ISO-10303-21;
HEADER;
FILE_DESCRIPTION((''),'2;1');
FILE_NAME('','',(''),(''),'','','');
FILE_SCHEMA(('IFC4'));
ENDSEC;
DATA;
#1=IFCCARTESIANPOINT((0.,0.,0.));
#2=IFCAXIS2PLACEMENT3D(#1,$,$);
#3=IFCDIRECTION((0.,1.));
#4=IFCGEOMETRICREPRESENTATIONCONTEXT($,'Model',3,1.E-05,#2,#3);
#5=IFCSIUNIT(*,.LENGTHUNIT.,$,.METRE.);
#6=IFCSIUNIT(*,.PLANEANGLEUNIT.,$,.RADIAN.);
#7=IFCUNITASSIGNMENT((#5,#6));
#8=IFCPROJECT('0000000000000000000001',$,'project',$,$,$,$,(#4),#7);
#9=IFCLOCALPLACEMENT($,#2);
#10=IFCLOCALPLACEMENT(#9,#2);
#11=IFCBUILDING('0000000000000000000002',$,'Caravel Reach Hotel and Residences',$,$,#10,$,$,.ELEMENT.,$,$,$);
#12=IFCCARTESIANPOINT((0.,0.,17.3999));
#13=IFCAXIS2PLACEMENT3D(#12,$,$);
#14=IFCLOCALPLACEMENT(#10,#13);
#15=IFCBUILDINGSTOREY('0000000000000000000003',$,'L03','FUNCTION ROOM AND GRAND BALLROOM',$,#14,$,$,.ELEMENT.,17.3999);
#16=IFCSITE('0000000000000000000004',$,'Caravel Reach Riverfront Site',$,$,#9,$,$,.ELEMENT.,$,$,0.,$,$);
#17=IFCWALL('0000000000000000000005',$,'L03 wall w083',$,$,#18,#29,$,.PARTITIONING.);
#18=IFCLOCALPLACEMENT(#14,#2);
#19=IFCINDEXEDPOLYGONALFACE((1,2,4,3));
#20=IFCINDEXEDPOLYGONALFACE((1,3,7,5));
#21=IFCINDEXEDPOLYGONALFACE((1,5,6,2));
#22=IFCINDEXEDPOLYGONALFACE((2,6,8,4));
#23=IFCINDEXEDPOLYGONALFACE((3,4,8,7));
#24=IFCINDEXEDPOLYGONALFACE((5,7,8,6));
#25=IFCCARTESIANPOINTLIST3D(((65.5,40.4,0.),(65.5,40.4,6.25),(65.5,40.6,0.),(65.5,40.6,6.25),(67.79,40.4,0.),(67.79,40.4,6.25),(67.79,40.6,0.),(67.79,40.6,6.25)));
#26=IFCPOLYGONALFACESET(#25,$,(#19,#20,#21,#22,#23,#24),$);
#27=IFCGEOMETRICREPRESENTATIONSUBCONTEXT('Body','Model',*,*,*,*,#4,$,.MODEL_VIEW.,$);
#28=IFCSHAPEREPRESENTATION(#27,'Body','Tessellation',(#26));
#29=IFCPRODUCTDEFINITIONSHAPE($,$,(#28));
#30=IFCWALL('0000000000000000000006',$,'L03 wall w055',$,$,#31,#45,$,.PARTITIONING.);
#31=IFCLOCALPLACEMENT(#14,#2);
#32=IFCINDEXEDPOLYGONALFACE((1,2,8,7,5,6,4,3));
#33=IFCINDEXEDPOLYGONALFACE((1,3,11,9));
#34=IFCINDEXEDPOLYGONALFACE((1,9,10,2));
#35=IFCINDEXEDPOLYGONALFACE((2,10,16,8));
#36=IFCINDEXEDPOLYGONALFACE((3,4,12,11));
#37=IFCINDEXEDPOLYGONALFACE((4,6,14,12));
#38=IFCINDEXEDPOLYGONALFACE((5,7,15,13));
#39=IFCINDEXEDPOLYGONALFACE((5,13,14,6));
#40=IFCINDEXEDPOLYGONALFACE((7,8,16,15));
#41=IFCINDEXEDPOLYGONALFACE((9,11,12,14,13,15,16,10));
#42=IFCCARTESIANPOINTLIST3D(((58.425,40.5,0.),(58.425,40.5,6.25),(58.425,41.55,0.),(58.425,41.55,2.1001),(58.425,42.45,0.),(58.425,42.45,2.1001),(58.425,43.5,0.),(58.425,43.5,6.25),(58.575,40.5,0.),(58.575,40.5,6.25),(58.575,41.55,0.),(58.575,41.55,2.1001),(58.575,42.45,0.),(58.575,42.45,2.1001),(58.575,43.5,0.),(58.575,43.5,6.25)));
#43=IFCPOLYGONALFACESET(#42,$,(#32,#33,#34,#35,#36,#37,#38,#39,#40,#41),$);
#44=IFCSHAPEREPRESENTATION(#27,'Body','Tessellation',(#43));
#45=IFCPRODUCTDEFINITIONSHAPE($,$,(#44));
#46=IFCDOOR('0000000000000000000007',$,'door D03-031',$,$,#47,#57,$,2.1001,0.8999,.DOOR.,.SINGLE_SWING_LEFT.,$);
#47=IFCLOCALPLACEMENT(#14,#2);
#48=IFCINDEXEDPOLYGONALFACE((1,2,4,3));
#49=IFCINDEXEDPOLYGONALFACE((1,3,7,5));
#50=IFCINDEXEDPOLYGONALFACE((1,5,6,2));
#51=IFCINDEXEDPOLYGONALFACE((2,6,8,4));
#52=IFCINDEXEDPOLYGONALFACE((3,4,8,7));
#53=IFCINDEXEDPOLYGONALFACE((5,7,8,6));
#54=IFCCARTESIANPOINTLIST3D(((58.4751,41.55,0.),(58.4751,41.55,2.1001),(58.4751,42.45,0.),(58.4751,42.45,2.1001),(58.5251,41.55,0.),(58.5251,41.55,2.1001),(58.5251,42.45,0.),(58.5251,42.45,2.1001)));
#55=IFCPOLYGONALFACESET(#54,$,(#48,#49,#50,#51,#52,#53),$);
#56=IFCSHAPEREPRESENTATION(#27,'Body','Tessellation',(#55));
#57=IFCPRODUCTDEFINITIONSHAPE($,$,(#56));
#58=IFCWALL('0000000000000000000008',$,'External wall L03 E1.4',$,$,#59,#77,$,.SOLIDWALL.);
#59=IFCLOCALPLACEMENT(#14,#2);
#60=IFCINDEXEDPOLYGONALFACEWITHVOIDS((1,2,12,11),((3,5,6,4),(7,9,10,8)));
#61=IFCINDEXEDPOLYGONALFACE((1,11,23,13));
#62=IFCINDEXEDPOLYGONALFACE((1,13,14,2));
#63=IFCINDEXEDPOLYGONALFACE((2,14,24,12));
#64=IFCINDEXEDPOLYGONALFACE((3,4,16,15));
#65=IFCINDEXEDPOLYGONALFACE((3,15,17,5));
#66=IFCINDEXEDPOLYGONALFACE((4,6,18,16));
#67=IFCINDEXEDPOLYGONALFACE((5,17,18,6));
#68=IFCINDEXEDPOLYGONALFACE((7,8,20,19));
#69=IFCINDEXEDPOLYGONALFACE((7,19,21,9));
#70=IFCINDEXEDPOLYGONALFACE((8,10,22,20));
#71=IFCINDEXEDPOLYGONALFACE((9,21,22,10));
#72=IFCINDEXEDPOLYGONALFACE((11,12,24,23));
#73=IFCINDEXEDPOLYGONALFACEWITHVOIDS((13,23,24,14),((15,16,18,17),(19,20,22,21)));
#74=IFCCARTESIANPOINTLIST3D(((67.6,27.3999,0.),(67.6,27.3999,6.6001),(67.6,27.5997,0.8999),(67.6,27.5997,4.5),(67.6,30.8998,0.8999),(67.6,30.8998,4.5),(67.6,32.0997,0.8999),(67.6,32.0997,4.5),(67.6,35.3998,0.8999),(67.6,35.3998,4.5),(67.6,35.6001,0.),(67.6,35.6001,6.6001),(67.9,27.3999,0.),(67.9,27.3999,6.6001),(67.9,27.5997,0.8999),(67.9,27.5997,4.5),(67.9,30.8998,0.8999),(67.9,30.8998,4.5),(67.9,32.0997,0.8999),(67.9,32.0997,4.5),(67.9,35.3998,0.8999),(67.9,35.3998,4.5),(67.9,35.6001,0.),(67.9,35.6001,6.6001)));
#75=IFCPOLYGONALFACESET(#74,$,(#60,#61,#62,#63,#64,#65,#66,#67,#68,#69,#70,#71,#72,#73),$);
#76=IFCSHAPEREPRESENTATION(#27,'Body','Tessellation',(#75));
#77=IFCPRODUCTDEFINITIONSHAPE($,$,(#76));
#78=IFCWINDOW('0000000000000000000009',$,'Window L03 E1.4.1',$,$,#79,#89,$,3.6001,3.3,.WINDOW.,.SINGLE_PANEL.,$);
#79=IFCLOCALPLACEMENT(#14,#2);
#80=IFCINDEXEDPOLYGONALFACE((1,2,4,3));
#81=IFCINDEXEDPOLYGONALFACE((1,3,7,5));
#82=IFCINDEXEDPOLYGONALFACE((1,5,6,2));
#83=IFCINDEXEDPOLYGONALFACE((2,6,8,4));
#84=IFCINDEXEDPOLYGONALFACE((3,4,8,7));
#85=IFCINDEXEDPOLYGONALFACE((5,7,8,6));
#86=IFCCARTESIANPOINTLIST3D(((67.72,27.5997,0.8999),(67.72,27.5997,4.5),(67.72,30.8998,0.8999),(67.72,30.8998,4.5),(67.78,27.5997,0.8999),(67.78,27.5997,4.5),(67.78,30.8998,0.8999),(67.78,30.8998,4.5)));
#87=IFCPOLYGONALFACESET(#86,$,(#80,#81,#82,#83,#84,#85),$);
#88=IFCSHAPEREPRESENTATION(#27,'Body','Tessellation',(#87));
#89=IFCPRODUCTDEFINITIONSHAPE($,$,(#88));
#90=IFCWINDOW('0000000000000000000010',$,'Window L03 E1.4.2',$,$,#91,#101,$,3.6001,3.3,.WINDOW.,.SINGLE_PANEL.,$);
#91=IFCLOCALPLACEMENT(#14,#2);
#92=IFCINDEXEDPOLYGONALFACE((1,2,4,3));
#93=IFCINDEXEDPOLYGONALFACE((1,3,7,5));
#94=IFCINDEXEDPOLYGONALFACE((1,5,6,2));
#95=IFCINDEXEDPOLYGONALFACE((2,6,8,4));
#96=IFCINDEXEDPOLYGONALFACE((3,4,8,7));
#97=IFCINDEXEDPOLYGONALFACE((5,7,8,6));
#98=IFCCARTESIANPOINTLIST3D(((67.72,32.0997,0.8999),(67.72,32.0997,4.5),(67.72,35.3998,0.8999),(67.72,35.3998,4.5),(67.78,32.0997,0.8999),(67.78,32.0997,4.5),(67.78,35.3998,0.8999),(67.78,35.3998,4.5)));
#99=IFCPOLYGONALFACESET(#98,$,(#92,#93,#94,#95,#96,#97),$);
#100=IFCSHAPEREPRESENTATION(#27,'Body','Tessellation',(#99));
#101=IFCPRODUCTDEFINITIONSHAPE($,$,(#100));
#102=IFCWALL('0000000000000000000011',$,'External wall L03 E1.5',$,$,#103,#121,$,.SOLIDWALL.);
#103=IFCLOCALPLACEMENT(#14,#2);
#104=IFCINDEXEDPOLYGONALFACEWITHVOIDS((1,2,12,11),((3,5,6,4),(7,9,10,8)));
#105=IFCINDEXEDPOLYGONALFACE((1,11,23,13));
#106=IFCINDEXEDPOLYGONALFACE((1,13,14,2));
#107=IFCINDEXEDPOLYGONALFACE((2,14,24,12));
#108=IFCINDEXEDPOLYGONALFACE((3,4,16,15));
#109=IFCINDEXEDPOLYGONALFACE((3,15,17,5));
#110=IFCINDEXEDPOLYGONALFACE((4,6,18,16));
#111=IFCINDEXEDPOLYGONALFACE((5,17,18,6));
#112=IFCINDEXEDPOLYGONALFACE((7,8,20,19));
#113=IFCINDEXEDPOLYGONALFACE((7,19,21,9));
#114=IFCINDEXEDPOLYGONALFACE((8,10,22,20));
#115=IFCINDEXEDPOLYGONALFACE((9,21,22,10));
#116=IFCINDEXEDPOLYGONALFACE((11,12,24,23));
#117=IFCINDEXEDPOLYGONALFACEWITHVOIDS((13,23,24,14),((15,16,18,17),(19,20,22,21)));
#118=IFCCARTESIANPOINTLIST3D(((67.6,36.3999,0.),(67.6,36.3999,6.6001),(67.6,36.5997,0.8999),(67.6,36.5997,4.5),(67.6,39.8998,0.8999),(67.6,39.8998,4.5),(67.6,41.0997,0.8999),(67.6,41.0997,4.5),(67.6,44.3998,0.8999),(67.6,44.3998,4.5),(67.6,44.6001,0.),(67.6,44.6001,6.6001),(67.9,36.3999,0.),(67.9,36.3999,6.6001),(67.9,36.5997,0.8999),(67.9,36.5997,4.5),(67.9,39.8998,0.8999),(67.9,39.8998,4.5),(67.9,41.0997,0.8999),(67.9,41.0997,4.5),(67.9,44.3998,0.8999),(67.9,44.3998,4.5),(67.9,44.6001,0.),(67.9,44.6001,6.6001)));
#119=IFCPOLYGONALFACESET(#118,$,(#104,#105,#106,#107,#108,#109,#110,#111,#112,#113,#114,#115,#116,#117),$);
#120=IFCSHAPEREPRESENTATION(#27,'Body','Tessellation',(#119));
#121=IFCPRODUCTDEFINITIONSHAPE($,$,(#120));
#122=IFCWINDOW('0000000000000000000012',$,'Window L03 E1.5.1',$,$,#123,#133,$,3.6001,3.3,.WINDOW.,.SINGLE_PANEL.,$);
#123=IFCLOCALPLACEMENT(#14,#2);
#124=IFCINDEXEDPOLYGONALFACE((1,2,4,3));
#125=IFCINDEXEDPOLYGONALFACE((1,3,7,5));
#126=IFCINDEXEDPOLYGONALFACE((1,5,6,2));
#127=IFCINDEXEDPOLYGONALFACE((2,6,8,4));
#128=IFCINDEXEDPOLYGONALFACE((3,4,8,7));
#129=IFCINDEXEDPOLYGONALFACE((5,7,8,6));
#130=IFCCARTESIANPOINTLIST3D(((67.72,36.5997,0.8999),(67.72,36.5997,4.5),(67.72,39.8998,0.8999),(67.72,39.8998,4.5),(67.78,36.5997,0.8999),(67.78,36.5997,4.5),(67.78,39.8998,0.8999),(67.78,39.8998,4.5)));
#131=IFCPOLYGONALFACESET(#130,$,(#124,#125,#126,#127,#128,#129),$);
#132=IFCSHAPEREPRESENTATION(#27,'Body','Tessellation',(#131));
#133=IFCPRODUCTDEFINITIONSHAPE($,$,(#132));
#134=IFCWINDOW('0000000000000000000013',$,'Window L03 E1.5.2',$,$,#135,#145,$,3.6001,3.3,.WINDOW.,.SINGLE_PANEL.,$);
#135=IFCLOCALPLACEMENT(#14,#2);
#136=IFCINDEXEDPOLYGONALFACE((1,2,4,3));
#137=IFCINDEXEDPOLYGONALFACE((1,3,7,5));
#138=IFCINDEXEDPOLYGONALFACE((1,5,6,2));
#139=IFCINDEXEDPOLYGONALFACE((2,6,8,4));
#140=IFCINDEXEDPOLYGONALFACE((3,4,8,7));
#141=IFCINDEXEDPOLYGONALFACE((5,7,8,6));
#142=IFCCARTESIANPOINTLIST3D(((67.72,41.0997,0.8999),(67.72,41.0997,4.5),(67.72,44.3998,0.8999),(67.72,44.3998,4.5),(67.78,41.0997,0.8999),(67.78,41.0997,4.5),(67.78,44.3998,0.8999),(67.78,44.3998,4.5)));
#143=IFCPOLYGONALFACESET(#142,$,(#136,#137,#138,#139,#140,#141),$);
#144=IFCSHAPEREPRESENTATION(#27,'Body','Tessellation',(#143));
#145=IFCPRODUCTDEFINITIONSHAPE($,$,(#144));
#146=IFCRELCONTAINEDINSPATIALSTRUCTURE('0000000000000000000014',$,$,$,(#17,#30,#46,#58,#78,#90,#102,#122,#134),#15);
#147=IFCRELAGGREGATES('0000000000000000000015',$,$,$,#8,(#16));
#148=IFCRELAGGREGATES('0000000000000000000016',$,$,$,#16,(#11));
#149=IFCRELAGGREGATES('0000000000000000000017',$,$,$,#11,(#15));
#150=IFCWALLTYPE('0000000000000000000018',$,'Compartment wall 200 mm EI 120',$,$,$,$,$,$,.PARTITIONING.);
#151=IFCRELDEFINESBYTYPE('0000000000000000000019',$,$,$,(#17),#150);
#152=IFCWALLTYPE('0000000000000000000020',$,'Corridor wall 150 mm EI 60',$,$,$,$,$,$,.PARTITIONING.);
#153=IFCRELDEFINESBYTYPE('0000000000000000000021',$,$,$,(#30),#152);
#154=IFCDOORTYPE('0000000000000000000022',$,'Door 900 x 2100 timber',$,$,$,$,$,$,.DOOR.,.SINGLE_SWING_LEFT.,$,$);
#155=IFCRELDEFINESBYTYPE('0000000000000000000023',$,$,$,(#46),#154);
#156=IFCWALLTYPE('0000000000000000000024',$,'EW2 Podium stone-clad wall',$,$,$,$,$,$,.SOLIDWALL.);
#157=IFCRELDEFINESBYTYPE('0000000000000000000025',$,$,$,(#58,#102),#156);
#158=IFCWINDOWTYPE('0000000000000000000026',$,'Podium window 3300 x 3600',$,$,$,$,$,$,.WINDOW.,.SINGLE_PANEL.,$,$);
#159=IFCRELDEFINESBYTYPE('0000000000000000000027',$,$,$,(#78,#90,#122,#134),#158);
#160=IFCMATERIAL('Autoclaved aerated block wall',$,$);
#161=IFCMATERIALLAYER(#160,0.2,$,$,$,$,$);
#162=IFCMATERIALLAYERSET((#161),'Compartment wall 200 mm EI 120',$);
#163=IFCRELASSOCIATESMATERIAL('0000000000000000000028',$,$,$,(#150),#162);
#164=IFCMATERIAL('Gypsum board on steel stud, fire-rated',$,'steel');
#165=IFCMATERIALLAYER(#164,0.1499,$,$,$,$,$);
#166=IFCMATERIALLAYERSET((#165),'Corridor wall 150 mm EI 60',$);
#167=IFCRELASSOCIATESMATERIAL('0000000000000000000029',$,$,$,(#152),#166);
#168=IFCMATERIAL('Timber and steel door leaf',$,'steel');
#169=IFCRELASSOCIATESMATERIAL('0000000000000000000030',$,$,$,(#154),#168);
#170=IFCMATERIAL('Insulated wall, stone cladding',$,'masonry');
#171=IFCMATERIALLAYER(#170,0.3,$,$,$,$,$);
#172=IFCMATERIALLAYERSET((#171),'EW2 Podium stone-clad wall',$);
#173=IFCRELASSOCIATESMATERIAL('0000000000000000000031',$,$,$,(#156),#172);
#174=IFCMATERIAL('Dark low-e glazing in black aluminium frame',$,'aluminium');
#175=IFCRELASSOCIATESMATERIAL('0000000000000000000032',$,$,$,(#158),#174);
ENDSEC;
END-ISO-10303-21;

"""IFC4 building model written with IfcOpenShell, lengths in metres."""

from ifc_helpers import new_model, si_unit, direction, frame, frame_2d, origin, place, context, subcontext, project, spatial, rectangle, extrude, material, layer, layer_set, type_object, element, fill, save


model = new_model("IFC4")

# Units and contexts
model_context = context("Model", 3, precision=1e-05, world=origin(), true_north=direction((0.0, 1.0)))
body_context = subcontext(model_context, "Body", "Model", "MODEL_VIEW")
ifc_project = project(units=[si_unit("LENGTHUNIT", "METRE"), si_unit("PLANEANGLEUNIT", "RADIAN")], contexts=[model_context])

# Site, building, storey
site_placement = place(None, origin())
site = spatial("IfcSite", under=ifc_project, at=site_placement, Name="Caravel Reach Riverfront Site", CompositionType="ELEMENT", RefElevation=0.0)
building_placement = place(site_placement, origin())
building = spatial("IfcBuilding", under=site, at=building_placement, Name="Caravel Reach Hotel and Residences", CompositionType="ELEMENT")
storey_placement = place(building_placement, frame((0.0, 0.0, 17.3999)))
storey = spatial("IfcBuildingStorey", under=building, at=storey_placement, Name="L03", Description="FUNCTION ROOM AND GRAND BALLROOM", CompositionType="ELEMENT", Elevation=17.3999)

# Wall
ifc_material_1 = material(Name="Autoclaved aerated block wall")
ifc_layer_1 = layer(ifc_material_1, 0.2)
ifc_layer_set_1 = layer_set([ifc_layer_1], Name="Compartment wall 200 mm EI 120")
wall_type_1 = type_object("IfcWallType", Name="Compartment wall 200 mm EI 120", PredefinedType="PARTITIONING", material=ifc_layer_set_1)
wall_1_placement = place(storey_placement, frame((65.5, 40.5, 0.0), z_axis=(0.0, 0.0, 1.0), x_axis=(1.0, 0.0, 0.0)))
element("IfcWall", 1, at=wall_1_placement, inside=storey, type_object=wall_type_1, Name="L03 wall w083", PredefinedType="PARTITIONING", context=body_context, shape_type="SweptSolid", body=[
    extrude(rectangle(XDim=2.29, YDim=0.2, at=frame_2d((1.145, 0.0))), origin(), (0.0, 0.0, 1.0), 6.25),
])

# Wall, opening, door
ifc_material_2 = material(Name="Gypsum board on steel stud, fire-rated", Category="steel")
ifc_layer_2 = layer(ifc_material_2, 0.1499)
ifc_layer_set_2 = layer_set([ifc_layer_2], Name="Corridor wall 150 mm EI 60")
wall_type_2 = type_object("IfcWallType", Name="Corridor wall 150 mm EI 60", PredefinedType="PARTITIONING", material=ifc_layer_set_2)
wall_2_placement = place(storey_placement, frame((58.5, 40.5, 0.0), z_axis=(0.0, 0.0, 1.0), x_axis=(0.0, 1.0, 0.0)))
wall_2 = element("IfcWall", 2, at=wall_2_placement, inside=storey, type_object=wall_type_2, Name="L03 wall w055", PredefinedType="PARTITIONING", context=body_context, shape_type="SweptSolid", body=[
    extrude(rectangle(XDim=3.0, YDim=0.1499, at=frame_2d((1.5, 0.0))), origin(), (0.0, 0.0, 1.0), 6.25),
])
opening_1_placement = place(wall_2_placement, frame((1.05, 0.0, 0.0)))
opening_1 = element("IfcOpeningElement", 3, at=opening_1_placement, cuts=wall_2, PredefinedType="OPENING", context=body_context, shape_type="SweptSolid", body=[
    extrude(rectangle(XDim=0.8999, YDim=2.1001, at=frame_2d((0.45, 1.05))), frame((0.0, 0.085, 0.0), z_axis=(0.0, -1.0, 0.0), x_axis=(1.0, 0.0, 0.0)), (0.0, 0.0, 1.0), 0.1699),
])
ifc_material_3 = material(Name="Timber and steel door leaf", Category="steel")
door_type_1 = type_object("IfcDoorType", Name="Door 900 x 2100 timber", OperationType="SINGLE_SWING_LEFT", PredefinedType="DOOR", material=ifc_material_3)
door_1_placement = place(opening_1_placement, origin())
door_1 = element("IfcDoor", 4, at=door_1_placement, inside=storey, type_object=door_type_1, Name="door D03-031", OperationType="SINGLE_SWING_LEFT", OverallHeight=2.1001, OverallWidth=0.8999, PredefinedType="DOOR", context=body_context, shape_type="SweptSolid", body=[
    extrude(rectangle(XDim=0.8999, YDim=2.1001, at=frame_2d((0.45, 1.05))), frame((0.0, 0.0249, 0.0), z_axis=(0.0, -1.0, 0.0), x_axis=(1.0, 0.0, 0.0)), (0.0, 0.0, 1.0), 0.05),
])
fill(opening_1, door_1)

# Walls, openings, windows
ifc_material_4 = material(Name="Insulated wall, stone cladding", Category="masonry")
ifc_layer_3 = layer(ifc_material_4, 0.3)
ifc_layer_set_3 = layer_set([ifc_layer_3], Name="EW2 Podium stone-clad wall")
wall_type_3 = type_object("IfcWallType", Name="EW2 Podium stone-clad wall", PredefinedType="SOLIDWALL", material=ifc_layer_set_3)
wall_3_placement = place(storey_placement, frame((67.75, 27.3999, 0.0), z_axis=(0.0, 0.0, 1.0), x_axis=(0.0, 1.0, 0.0)))
wall_3 = element("IfcWall", 5, at=wall_3_placement, inside=storey, type_object=wall_type_3, Name="External wall L03 E1.4", PredefinedType="SOLIDWALL", context=body_context, shape_type="SweptSolid", body=[
    extrude(rectangle(XDim=8.2002, YDim=0.3, at=frame_2d((4.1001, 0.0))), origin(), (0.0, 0.0, 1.0), 6.6001),
])
opening_2_placement = place(wall_3_placement, frame((0.2, 0.0, 0.8999)))
opening_2 = element("IfcOpeningElement", 6, at=opening_2_placement, cuts=wall_3, PredefinedType="OPENING", context=body_context, shape_type="SweptSolid", body=[
    extrude(rectangle(XDim=3.3, YDim=3.6001, at=frame_2d((1.6499, 1.8))), frame((0.0, 0.1599, 0.0), z_axis=(0.0, -1.0, 0.0), x_axis=(1.0, 0.0, 0.0)), (0.0, 0.0, 1.0), 0.3201),
])
opening_3_placement = place(wall_3_placement, frame((4.7, 0.0, 0.8999)))
opening_3 = element("IfcOpeningElement", 7, at=opening_3_placement, cuts=wall_3, PredefinedType="OPENING", context=body_context, shape_type="SweptSolid", body=[
    extrude(rectangle(XDim=3.3, YDim=3.6001, at=frame_2d((1.6499, 1.8))), frame((0.0, 0.1599, 0.0), z_axis=(0.0, -1.0, 0.0), x_axis=(1.0, 0.0, 0.0)), (0.0, 0.0, 1.0), 0.3201),
])
ifc_material_5 = material(Name="Dark low-e glazing in black aluminium frame", Category="aluminium")
window_type = type_object("IfcWindowType", Name="Podium window 3300 x 3600", PartitioningType="SINGLE_PANEL", PredefinedType="WINDOW", material=ifc_material_5)
window_1_placement = place(opening_2_placement, origin())
window_1 = element("IfcWindow", 8, at=window_1_placement, inside=storey, type_object=window_type, Name="Window L03 E1.4.1", OverallHeight=3.6001, OverallWidth=3.3, PartitioningType="SINGLE_PANEL", PredefinedType="WINDOW", context=body_context, shape_type="SweptSolid", body=[
    extrude(rectangle(XDim=3.3, YDim=3.6001, at=frame_2d((1.6499, 1.8))), frame((0.0, 0.03, 0.0), z_axis=(0.0, -1.0, 0.0), x_axis=(1.0, 0.0, 0.0)), (0.0, 0.0, 1.0), 0.0601),
])
fill(opening_2, window_1)
window_2_placement = place(opening_3_placement, origin())
window_2 = element("IfcWindow", 9, at=window_2_placement, inside=storey, type_object=window_type, Name="Window L03 E1.4.2", OverallHeight=3.6001, OverallWidth=3.3, PartitioningType="SINGLE_PANEL", PredefinedType="WINDOW", context=body_context, shape_type="SweptSolid", body=[
    extrude(rectangle(XDim=3.3, YDim=3.6001, at=frame_2d((1.6499, 1.8))), frame((0.0, 0.03, 0.0), z_axis=(0.0, -1.0, 0.0), x_axis=(1.0, 0.0, 0.0)), (0.0, 0.0, 1.0), 0.0601),
])
fill(opening_3, window_2)
wall_4_placement = place(storey_placement, frame((67.75, 36.3999, 0.0), z_axis=(0.0, 0.0, 1.0), x_axis=(0.0, 1.0, 0.0)))
wall_4 = element("IfcWall", 10, at=wall_4_placement, inside=storey, type_object=wall_type_3, Name="External wall L03 E1.5", PredefinedType="SOLIDWALL", context=body_context, shape_type="SweptSolid", body=[
    extrude(rectangle(XDim=8.2002, YDim=0.3, at=frame_2d((4.1001, 0.0))), origin(), (0.0, 0.0, 1.0), 6.6001),
])
opening_4_placement = place(wall_4_placement, frame((0.2, 0.0, 0.8999)))
opening_4 = element("IfcOpeningElement", 11, at=opening_4_placement, cuts=wall_4, PredefinedType="OPENING", context=body_context, shape_type="SweptSolid", body=[
    extrude(rectangle(XDim=3.3, YDim=3.6001, at=frame_2d((1.6499, 1.8))), frame((0.0, 0.1599, 0.0), z_axis=(0.0, -1.0, 0.0), x_axis=(1.0, 0.0, 0.0)), (0.0, 0.0, 1.0), 0.3201),
])
opening_5_placement = place(wall_4_placement, frame((4.7, 0.0, 0.8999)))
opening_5 = element("IfcOpeningElement", 12, at=opening_5_placement, cuts=wall_4, PredefinedType="OPENING", context=body_context, shape_type="SweptSolid", body=[
    extrude(rectangle(XDim=3.3, YDim=3.6001, at=frame_2d((1.6499, 1.8))), frame((0.0, 0.1599, 0.0), z_axis=(0.0, -1.0, 0.0), x_axis=(1.0, 0.0, 0.0)), (0.0, 0.0, 1.0), 0.3201),
])
window_3_placement = place(opening_4_placement, origin())
window_3 = element("IfcWindow", 13, at=window_3_placement, inside=storey, type_object=window_type, Name="Window L03 E1.5.1", OverallHeight=3.6001, OverallWidth=3.3, PartitioningType="SINGLE_PANEL", PredefinedType="WINDOW", context=body_context, shape_type="SweptSolid", body=[
    extrude(rectangle(XDim=3.3, YDim=3.6001, at=frame_2d((1.6499, 1.8))), frame((0.0, 0.03, 0.0), z_axis=(0.0, -1.0, 0.0), x_axis=(1.0, 0.0, 0.0)), (0.0, 0.0, 1.0), 0.0601),
])
fill(opening_4, window_3)
window_4_placement = place(opening_5_placement, origin())
window_4 = element("IfcWindow", 14, at=window_4_placement, inside=storey, type_object=window_type, Name="Window L03 E1.5.2", OverallHeight=3.6001, OverallWidth=3.3, PartitioningType="SINGLE_PANEL", PredefinedType="WINDOW", context=body_context, shape_type="SweptSolid", body=[
    extrude(rectangle(XDim=3.3, YDim=3.6001, at=frame_2d((1.6499, 1.8))), frame((0.0, 0.03, 0.0), z_axis=(0.0, -1.0, 0.0), x_axis=(1.0, 0.0, 0.0)), (0.0, 0.0, 1.0), 0.0601),
])
fill(opening_5, window_4)

save(model, "model.ifc")
